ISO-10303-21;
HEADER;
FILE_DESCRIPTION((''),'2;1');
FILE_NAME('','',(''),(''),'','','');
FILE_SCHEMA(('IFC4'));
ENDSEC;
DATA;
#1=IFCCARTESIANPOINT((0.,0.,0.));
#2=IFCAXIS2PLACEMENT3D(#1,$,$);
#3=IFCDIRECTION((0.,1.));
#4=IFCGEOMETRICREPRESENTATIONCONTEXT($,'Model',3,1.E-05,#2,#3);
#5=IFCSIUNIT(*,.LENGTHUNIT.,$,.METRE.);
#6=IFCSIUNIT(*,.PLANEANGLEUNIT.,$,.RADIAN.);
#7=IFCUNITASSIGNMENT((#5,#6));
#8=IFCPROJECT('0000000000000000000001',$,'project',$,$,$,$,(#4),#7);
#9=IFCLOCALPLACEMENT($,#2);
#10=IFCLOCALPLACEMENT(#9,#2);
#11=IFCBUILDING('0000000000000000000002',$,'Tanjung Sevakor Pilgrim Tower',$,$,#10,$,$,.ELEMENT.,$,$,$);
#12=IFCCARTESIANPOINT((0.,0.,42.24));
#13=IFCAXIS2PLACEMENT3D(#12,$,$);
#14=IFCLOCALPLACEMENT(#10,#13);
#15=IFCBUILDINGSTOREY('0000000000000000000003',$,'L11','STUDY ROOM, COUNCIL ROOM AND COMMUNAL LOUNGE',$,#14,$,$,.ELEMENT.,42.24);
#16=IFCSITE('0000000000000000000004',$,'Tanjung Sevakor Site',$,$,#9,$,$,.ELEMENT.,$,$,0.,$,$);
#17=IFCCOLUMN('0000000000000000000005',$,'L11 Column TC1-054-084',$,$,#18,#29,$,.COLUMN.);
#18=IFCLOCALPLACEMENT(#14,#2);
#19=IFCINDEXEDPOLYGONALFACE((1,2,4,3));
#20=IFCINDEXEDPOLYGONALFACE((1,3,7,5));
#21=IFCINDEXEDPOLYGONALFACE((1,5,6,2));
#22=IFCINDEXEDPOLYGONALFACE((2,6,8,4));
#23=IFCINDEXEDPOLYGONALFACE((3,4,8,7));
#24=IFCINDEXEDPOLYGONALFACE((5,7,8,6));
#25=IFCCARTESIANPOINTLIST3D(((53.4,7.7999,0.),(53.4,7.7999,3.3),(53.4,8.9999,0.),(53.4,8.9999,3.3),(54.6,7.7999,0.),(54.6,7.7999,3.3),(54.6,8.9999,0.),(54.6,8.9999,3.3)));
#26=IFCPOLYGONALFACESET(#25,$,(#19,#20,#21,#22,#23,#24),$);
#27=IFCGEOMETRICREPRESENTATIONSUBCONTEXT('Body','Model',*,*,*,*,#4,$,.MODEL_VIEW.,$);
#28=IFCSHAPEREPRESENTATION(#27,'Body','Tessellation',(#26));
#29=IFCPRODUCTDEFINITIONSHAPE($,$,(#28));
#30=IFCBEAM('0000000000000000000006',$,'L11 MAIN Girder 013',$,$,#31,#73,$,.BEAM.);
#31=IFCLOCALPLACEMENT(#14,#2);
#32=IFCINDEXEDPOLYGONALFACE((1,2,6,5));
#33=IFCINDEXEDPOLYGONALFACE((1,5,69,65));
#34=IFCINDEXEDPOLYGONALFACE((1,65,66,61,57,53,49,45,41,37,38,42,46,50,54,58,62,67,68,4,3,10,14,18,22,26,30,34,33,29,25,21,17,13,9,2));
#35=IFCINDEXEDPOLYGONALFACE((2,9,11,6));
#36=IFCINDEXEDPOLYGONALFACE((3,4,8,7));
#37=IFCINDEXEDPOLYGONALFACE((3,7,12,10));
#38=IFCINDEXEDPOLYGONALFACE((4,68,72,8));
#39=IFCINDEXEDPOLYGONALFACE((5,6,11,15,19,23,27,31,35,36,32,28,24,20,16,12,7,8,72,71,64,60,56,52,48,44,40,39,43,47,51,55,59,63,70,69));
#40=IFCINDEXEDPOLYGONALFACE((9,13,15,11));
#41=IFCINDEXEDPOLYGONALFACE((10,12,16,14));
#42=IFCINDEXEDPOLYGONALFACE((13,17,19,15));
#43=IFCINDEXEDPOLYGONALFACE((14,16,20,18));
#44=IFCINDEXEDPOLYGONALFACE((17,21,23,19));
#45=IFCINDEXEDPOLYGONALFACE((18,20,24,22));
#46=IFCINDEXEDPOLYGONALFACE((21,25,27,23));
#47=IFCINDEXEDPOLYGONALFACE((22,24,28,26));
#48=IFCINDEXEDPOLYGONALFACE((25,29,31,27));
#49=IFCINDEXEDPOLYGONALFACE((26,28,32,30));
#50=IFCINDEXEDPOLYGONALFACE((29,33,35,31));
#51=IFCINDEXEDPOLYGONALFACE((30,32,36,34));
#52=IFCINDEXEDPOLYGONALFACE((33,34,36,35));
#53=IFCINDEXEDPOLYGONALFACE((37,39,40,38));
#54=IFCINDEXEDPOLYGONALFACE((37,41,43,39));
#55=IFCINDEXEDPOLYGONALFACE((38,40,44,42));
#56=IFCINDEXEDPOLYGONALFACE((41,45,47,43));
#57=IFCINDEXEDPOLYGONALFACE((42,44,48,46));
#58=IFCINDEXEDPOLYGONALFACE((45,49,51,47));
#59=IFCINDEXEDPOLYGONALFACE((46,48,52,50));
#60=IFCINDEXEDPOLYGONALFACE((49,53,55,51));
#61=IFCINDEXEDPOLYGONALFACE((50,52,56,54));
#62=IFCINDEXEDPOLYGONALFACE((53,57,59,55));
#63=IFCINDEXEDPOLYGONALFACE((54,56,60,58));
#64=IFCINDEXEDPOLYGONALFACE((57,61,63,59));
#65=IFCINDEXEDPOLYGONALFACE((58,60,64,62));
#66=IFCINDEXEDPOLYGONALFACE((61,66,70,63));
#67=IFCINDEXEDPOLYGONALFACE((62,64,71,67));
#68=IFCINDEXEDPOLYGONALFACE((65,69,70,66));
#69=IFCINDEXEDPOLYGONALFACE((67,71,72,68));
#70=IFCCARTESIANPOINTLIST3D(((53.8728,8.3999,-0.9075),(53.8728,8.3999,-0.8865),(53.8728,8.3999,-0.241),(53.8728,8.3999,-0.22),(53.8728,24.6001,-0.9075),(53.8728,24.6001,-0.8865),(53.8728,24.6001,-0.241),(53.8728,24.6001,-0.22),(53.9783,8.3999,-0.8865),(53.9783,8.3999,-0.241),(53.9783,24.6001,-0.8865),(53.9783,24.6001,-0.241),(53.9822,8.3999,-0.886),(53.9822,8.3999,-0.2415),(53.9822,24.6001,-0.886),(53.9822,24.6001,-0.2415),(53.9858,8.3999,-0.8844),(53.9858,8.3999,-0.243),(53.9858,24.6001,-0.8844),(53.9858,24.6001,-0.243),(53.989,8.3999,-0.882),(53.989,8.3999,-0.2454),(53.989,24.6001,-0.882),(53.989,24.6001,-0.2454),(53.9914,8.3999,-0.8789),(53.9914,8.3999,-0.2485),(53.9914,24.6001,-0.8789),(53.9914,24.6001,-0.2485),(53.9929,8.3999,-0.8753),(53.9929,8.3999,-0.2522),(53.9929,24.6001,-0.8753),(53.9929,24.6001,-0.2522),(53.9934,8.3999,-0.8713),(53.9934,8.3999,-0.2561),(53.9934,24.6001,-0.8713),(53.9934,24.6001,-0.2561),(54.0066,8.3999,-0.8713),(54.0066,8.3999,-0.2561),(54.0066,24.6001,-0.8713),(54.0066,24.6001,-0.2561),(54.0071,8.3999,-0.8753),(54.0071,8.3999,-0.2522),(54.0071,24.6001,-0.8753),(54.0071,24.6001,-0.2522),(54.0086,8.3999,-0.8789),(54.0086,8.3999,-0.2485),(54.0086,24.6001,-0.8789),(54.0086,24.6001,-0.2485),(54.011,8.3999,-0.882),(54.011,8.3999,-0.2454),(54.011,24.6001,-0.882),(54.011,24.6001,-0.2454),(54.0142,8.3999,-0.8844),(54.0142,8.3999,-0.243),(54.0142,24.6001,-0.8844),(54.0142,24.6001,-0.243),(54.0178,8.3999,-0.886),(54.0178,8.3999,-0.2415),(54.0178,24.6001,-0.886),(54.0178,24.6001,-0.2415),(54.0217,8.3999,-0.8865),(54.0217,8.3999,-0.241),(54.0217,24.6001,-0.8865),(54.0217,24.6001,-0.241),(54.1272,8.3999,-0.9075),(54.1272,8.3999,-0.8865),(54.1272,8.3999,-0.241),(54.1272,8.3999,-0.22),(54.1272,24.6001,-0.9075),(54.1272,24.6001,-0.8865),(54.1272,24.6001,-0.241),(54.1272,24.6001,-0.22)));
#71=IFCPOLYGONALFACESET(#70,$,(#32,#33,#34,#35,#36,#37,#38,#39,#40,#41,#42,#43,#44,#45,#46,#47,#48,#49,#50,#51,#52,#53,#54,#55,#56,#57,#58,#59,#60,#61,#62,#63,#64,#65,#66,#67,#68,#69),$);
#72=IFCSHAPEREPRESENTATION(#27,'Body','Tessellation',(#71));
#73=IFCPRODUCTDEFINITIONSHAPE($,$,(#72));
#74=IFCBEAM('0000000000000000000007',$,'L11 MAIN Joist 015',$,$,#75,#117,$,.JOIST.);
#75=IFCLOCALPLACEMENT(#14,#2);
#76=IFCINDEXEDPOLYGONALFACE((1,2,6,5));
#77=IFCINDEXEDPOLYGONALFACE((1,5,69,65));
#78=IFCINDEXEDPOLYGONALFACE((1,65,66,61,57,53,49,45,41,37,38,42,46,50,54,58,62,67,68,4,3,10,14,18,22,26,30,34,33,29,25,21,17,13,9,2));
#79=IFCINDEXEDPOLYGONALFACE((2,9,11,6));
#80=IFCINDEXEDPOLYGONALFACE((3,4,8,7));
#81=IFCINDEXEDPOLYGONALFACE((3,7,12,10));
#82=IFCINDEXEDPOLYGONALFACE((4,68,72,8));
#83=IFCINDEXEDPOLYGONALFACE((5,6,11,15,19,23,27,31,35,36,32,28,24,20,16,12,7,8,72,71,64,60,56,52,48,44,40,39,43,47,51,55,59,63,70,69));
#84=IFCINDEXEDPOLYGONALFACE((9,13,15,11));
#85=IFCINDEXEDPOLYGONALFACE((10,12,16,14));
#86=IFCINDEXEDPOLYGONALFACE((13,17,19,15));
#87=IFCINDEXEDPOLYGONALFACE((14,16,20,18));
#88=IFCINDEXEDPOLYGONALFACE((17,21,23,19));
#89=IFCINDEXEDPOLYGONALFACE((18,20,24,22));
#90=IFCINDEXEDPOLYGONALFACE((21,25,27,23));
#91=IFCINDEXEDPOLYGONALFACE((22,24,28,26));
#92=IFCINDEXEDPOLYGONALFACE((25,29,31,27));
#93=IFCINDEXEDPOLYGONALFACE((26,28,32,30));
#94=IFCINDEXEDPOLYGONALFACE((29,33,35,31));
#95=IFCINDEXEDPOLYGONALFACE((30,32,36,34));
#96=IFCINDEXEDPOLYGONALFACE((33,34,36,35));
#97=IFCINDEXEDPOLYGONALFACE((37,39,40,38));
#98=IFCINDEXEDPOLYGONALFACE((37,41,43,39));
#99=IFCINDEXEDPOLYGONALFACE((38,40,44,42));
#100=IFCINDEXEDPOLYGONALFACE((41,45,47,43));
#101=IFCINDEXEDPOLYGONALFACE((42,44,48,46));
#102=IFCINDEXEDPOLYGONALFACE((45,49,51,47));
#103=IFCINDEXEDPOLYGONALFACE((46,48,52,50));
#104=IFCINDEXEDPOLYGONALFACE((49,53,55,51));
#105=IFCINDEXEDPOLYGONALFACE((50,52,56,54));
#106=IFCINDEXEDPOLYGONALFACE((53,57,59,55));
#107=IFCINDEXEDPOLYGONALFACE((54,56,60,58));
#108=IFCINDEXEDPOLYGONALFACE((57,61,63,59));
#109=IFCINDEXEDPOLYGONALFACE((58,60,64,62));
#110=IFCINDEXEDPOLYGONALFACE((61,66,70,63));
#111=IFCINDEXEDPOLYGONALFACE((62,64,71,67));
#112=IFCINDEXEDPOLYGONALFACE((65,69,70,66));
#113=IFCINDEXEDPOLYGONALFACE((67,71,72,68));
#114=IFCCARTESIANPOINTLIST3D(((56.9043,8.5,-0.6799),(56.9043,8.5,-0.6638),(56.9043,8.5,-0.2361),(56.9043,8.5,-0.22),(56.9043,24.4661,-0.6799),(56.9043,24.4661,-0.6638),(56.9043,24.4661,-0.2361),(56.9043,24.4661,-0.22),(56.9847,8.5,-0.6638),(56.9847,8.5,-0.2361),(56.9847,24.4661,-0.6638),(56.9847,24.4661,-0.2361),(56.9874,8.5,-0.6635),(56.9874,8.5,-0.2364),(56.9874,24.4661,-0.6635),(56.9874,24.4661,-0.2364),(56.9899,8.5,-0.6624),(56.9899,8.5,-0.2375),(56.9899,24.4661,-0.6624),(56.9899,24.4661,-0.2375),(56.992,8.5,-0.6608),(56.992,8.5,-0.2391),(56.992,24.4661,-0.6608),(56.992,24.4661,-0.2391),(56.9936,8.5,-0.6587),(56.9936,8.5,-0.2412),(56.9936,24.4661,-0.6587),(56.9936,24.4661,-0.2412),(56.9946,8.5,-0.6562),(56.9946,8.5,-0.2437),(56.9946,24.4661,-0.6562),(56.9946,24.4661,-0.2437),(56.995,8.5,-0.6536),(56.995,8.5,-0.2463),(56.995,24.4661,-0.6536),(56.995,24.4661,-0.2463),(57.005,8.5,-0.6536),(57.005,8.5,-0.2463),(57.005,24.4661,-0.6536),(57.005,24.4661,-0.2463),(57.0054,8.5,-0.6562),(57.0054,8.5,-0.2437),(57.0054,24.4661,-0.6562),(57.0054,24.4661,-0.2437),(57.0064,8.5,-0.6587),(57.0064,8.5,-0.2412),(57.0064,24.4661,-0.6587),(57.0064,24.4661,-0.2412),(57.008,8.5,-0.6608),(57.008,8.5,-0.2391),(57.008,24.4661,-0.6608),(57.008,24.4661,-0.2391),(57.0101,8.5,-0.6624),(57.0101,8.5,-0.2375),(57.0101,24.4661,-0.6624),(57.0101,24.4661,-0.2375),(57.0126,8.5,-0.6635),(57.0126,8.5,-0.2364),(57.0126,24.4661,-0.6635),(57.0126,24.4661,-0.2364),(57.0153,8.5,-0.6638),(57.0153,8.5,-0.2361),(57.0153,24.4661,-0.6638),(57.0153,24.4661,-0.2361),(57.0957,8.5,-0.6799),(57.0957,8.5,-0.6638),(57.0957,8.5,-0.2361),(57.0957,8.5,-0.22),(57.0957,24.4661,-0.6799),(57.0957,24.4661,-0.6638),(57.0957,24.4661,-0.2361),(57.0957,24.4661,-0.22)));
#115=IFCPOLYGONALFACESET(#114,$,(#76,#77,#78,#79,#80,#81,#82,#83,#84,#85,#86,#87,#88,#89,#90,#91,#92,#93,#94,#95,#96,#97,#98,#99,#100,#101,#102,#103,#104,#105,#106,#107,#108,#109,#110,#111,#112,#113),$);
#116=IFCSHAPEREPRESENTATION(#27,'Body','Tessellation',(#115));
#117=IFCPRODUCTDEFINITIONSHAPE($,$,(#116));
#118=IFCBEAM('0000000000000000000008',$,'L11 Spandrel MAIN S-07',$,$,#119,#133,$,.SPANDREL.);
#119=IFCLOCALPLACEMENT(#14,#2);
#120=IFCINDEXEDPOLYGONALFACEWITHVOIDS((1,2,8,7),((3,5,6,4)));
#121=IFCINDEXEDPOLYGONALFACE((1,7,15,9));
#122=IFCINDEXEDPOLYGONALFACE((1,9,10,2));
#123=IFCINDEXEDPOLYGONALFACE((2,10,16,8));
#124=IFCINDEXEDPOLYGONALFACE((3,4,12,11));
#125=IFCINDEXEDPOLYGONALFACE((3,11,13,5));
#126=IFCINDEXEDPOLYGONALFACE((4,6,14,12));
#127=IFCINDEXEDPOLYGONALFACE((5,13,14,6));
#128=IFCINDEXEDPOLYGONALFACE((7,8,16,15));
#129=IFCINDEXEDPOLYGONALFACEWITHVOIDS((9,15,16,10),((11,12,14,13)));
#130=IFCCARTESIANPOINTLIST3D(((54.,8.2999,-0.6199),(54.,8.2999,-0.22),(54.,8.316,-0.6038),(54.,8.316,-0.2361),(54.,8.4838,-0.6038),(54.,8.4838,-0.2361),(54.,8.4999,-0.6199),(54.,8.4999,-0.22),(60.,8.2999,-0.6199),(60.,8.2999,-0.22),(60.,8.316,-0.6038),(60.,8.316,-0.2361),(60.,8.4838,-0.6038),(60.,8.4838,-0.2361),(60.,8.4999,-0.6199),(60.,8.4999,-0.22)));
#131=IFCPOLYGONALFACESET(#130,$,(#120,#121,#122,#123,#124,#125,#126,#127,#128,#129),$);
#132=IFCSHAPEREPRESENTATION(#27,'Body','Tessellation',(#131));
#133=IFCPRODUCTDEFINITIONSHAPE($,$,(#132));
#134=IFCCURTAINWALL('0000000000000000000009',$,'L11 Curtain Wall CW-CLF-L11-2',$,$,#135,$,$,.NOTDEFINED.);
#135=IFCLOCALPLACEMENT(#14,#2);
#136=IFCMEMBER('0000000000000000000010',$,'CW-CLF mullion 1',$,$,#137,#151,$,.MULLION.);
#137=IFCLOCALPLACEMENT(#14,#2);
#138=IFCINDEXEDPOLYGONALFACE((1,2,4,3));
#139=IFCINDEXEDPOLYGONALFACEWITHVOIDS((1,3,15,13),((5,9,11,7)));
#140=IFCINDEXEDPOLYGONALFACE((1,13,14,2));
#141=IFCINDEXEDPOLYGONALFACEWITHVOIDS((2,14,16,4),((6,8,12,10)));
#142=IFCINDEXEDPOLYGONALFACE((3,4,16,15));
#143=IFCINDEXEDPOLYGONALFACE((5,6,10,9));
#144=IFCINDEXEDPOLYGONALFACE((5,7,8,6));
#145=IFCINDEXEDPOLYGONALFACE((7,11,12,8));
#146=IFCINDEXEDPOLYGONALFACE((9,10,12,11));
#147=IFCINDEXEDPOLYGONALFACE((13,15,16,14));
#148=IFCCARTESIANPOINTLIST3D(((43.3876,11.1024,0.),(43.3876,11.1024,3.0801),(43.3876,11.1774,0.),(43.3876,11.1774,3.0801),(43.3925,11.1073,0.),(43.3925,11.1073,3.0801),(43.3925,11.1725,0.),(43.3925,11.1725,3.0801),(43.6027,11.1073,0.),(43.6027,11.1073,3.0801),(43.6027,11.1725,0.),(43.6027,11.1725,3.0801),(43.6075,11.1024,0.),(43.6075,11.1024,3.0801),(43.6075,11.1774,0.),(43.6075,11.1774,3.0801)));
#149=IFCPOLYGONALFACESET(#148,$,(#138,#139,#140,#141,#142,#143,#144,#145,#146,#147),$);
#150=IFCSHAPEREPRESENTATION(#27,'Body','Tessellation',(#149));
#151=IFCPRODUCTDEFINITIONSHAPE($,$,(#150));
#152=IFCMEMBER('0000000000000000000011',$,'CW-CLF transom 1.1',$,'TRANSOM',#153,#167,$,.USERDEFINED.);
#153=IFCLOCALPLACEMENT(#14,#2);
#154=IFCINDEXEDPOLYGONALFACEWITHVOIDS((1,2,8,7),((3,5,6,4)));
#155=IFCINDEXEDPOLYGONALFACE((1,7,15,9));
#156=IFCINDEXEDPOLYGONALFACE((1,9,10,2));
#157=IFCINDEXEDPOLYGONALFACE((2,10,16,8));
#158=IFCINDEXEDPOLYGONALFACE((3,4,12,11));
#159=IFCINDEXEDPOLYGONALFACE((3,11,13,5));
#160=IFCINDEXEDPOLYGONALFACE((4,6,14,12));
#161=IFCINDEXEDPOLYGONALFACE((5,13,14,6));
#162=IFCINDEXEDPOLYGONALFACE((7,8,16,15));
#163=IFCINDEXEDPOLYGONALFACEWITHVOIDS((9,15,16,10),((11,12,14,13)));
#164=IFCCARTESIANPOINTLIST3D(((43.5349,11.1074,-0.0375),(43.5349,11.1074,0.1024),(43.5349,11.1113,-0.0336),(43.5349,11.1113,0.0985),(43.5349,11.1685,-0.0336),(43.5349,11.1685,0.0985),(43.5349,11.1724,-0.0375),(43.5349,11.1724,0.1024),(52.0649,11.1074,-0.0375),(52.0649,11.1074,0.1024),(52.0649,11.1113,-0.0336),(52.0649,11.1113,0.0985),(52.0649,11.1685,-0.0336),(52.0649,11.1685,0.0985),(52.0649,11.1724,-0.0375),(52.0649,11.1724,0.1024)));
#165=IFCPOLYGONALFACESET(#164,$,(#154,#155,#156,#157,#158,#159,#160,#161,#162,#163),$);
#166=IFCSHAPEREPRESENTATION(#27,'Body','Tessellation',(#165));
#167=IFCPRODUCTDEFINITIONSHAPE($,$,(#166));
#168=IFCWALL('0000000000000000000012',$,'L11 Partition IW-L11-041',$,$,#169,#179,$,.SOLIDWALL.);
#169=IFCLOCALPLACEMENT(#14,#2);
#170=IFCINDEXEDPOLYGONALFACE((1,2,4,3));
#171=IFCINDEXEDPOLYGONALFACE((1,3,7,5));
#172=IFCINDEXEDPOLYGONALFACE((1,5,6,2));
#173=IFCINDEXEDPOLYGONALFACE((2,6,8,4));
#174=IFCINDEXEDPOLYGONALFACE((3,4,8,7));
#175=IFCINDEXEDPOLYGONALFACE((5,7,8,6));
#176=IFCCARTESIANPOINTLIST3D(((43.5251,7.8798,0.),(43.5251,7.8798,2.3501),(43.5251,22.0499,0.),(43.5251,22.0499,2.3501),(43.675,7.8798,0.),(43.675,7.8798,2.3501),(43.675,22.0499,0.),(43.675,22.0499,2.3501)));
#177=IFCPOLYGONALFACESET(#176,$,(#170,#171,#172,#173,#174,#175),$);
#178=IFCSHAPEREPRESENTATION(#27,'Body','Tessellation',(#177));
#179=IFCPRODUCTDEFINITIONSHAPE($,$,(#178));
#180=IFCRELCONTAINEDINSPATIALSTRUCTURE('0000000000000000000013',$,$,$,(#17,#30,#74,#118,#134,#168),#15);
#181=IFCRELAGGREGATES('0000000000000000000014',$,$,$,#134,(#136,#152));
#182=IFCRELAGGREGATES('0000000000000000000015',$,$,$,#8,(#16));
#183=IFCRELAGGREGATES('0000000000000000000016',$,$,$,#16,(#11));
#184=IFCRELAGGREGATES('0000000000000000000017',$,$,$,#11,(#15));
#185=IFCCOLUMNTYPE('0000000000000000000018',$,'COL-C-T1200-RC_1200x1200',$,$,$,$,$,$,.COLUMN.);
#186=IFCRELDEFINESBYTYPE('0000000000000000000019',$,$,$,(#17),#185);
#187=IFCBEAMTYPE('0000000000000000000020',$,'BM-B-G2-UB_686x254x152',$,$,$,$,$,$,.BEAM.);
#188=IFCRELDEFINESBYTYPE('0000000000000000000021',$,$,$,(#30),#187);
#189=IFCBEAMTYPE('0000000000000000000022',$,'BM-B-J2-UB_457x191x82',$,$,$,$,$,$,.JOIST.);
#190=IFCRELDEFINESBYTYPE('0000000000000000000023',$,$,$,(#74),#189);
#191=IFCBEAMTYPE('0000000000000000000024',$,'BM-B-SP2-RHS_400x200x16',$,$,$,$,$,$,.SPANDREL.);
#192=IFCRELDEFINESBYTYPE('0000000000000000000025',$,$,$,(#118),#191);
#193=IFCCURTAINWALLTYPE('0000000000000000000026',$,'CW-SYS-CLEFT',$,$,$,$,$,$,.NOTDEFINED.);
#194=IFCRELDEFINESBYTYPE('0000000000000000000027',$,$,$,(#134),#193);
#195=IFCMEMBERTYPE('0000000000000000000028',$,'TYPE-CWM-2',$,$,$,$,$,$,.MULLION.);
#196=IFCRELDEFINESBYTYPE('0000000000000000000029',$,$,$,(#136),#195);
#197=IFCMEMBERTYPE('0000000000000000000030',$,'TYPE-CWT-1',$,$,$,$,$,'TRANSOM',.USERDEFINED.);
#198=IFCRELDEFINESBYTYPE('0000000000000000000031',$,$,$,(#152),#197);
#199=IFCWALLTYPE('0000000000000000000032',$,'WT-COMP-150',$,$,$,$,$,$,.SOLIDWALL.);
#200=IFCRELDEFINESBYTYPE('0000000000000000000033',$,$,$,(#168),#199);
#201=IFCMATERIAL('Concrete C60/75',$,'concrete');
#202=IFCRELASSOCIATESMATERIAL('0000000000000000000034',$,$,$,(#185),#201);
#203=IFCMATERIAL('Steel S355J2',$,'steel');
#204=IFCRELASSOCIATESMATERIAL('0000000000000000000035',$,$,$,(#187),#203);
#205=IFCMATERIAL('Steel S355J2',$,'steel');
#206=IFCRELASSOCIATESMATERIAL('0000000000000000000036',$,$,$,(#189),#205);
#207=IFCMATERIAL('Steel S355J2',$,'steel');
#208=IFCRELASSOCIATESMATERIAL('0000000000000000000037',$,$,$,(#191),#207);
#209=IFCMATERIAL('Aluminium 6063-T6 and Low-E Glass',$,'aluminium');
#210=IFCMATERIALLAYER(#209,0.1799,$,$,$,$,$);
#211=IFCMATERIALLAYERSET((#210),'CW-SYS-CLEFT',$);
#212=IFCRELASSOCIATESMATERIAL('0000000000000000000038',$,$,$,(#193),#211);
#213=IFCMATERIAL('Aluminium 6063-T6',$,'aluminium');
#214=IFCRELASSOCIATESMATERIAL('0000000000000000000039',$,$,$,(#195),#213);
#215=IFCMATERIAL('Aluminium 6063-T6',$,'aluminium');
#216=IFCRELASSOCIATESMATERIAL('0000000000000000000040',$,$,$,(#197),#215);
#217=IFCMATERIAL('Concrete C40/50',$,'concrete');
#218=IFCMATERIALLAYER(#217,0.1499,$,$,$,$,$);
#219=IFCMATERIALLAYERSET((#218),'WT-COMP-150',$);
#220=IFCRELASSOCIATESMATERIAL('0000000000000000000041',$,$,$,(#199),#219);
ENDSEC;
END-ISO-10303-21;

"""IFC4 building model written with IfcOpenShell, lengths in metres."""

from ifc_helpers import new_model, si_unit, direction, frame, frame_2d, origin, origin_2d, place, context, subcontext, project, spatial, rectangle, hollow_rectangle, i_section, extrude, material, layer, layer_set, material_profile, profile_set, type_object, element, aggregate, save


model = new_model("IFC4")

# Units and contexts
model_context = context("Model", 3, precision=1e-05, world=origin(), true_north=direction((0.0, 1.0)))
body_context = subcontext(model_context, "Body", "Model", "MODEL_VIEW")
ifc_project = project(units=[si_unit("LENGTHUNIT", "METRE"), si_unit("PLANEANGLEUNIT", "RADIAN")], contexts=[model_context])

# Site, building, storey
site_placement = place(None, origin())
site = spatial("IfcSite", under=ifc_project, at=site_placement, Name="Tanjung Sevakor Site", CompositionType="ELEMENT", RefElevation=0.0)
building_placement = place(site_placement, origin())
building = spatial("IfcBuilding", under=site, at=building_placement, Name="Tanjung Sevakor Pilgrim Tower", CompositionType="ELEMENT")
storey_placement = place(building_placement, frame((0.0, 0.0, 42.24)))
storey = spatial("IfcBuildingStorey", under=building, at=storey_placement, Name="L11", Description="STUDY ROOM, COUNCIL ROOM AND COMMUNAL LOUNGE", CompositionType="ELEMENT", Elevation=42.24)

# Column
ifc_material_1 = material(Name="Concrete C60/75", Category="concrete")
ifc_material_profile_1 = material_profile(ifc_material_1, rectangle(XDim=1.2, YDim=1.2, at=origin_2d()))
ifc_profile_set_1 = profile_set([ifc_material_profile_1], Name="Concrete C60/75")
column_type = type_object("IfcColumnType", Name="COL-C-T1200-RC_1200x1200", PredefinedType="COLUMN", material=ifc_profile_set_1)
column_placement = place(storey_placement, frame((54.0, 8.3999, 0.0), z_axis=(0.0, 0.0, 1.0), x_axis=(1.0, 0.0, 0.0)))
element("IfcColumn", 1, at=column_placement, inside=storey, type_object=column_type, Name="L11 Column TC1-054-084", PredefinedType="COLUMN", context=body_context, shape_type="SweptSolid", body=[
    extrude(rectangle(XDim=1.2, YDim=1.2, at=origin_2d()), origin(), (0.0, 0.0, 1.0), 3.3),
])

# Beams
ifc_material_2 = material(Name="Steel S355J2", Category="steel")
ifc_material_profile_2 = material_profile(ifc_material_2, i_section(OverallWidth=0.2544, OverallDepth=0.6875, WebThickness=0.0132, FlangeThickness=0.021, FilletRadius=0.0151, at=origin_2d()))
ifc_profile_set_2 = profile_set([ifc_material_profile_2], Name="Steel S355J2")
beam_type_1 = type_object("IfcBeamType", Name="BM-B-G2-UB_686x254x152", PredefinedType="BEAM", material=ifc_profile_set_2)
beam_1_placement = place(storey_placement, frame((54.0, 8.3999, -0.5637), z_axis=(0.0, 1.0, 0.0), x_axis=(-1.0, 0.0, 0.0)))
element("IfcBeam", 2, at=beam_1_placement, inside=storey, type_object=beam_type_1, Name="L11 MAIN Girder 013", PredefinedType="BEAM", context=body_context, shape_type="SweptSolid", body=[
    extrude(i_section(OverallWidth=0.2544, OverallDepth=0.6875, WebThickness=0.0132, FlangeThickness=0.021, FilletRadius=0.0151, at=origin_2d()), origin(), (0.0, 0.0, 1.0), 16.2002),
])
ifc_material_3 = material(Name="Steel S355J2", Category="steel")
ifc_material_profile_3 = material_profile(ifc_material_3, i_section(OverallWidth=0.1914, OverallDepth=0.46, WebThickness=0.01, FlangeThickness=0.0161, FilletRadius=0.0103, at=origin_2d()))
ifc_profile_set_3 = profile_set([ifc_material_profile_3], Name="Steel S355J2")
beam_type_2 = type_object("IfcBeamType", Name="BM-B-J2-UB_457x191x82", PredefinedType="JOIST", material=ifc_profile_set_3)
beam_2_placement = place(storey_placement, frame((57.0, 8.5, -0.45), z_axis=(0.0, 1.0, 0.0), x_axis=(-1.0, 0.0, 0.0)))
element("IfcBeam", 3, at=beam_2_placement, inside=storey, type_object=beam_type_2, Name="L11 MAIN Joist 015", PredefinedType="JOIST", context=body_context, shape_type="SweptSolid", body=[
    extrude(i_section(OverallWidth=0.1914, OverallDepth=0.46, WebThickness=0.01, FlangeThickness=0.0161, FilletRadius=0.0103, at=origin_2d()), origin(), (0.0, 0.0, 1.0), 15.9661),
])
ifc_material_4 = material(Name="Steel S355J2", Category="steel")
ifc_material_profile_4 = material_profile(ifc_material_4, hollow_rectangle(XDim=0.2, YDim=0.3999, WallThickness=0.0161, at=origin_2d()))
ifc_profile_set_4 = profile_set([ifc_material_profile_4], Name="Steel S355J2")
beam_type_3 = type_object("IfcBeamType", Name="BM-B-SP2-RHS_400x200x16", PredefinedType="SPANDREL", material=ifc_profile_set_4)
beam_3_placement = place(storey_placement, frame((54.0, 8.3999, -0.4199), z_axis=(1.0, 0.0, 0.0), x_axis=(0.0, 1.0, 0.0)))
element("IfcBeam", 4, at=beam_3_placement, inside=storey, type_object=beam_type_3, Name="L11 Spandrel MAIN S-07", PredefinedType="SPANDREL", context=body_context, shape_type="SweptSolid", body=[
    extrude(hollow_rectangle(XDim=0.2, YDim=0.3999, WallThickness=0.0161, at=origin_2d()), origin(), (0.0, 0.0, 1.0), 6.0),
])

# Curtain wall, members
ifc_material_5 = material(Name="Aluminium 6063-T6 and Low-E Glass", Category="aluminium")
ifc_layer_1 = layer(ifc_material_5, 0.1799)
ifc_layer_set_1 = layer_set([ifc_layer_1], Name="CW-SYS-CLEFT")
curtain_wall_type = type_object("IfcCurtainWallType", Name="CW-SYS-CLEFT", PredefinedType="NOTDEFINED", material=ifc_layer_set_1)
curtain_wall_placement = place(storey_placement, origin())
curtain_wall = element("IfcCurtainWall", 5, at=curtain_wall_placement, inside=storey, type_object=curtain_wall_type, Name="L11 Curtain Wall CW-CLF-L11-2", PredefinedType="NOTDEFINED")
ifc_material_6 = material(Name="Aluminium 6063-T6", Category="aluminium")
ifc_material_profile_5 = material_profile(ifc_material_6, hollow_rectangle(XDim=0.075, YDim=0.22, WallThickness=0.0049, at=origin_2d()))
ifc_profile_set_5 = profile_set([ifc_material_profile_5], Name="Aluminium 6063-T6")
member_type_1 = type_object("IfcMemberType", Name="TYPE-CWM-2", PredefinedType="MULLION", material=ifc_profile_set_5)
member_1_placement = place(storey_placement, frame((43.4976, 11.1399, 0.0), z_axis=(0.0, 0.0, 1.0), x_axis=(0.0, 1.0, 0.0)))
member_1 = element("IfcMember", 6, at=member_1_placement, type_object=member_type_1, Name="CW-CLF mullion 1", PredefinedType="MULLION", context=body_context, shape_type="SweptSolid", body=[
    extrude(hollow_rectangle(XDim=0.075, YDim=0.22, WallThickness=0.0049, at=origin_2d()), origin(), (0.0, 0.0, 1.0), 3.0801),
])
ifc_material_7 = material(Name="Aluminium 6063-T6", Category="aluminium")
ifc_material_profile_6 = material_profile(ifc_material_7, hollow_rectangle(XDim=0.0649, YDim=0.1399, WallThickness=0.0039, at=origin_2d()))
ifc_profile_set_6 = profile_set([ifc_material_profile_6], Name="Aluminium 6063-T6")
member_type_2 = type_object("IfcMemberType", Name="TYPE-CWT-1", ElementType="TRANSOM", PredefinedType="USERDEFINED", material=ifc_profile_set_6)
member_2_placement = place(storey_placement, frame((43.5349, 11.1399, 0.0325), z_axis=(1.0, 0.0, 0.0), x_axis=(0.0, 1.0, 0.0)))
member_2 = element("IfcMember", 7, at=member_2_placement, type_object=member_type_2, Name="CW-CLF transom 1.1", ObjectType="TRANSOM", PredefinedType="USERDEFINED", context=body_context, shape_type="SweptSolid", body=[
    extrude(hollow_rectangle(XDim=0.0649, YDim=0.1399, WallThickness=0.0039, at=origin_2d()), origin(), (0.0, 0.0, 1.0), 8.53),
])
aggregate(curtain_wall, [member_1, member_2])

# Wall
ifc_material_8 = material(Name="Concrete C40/50", Category="concrete")
ifc_layer_2 = layer(ifc_material_8, 0.1499)
ifc_layer_set_2 = layer_set([ifc_layer_2], Name="WT-COMP-150")
wall_type_1 = type_object("IfcWallType", Name="WT-COMP-150", PredefinedType="SOLIDWALL", material=ifc_layer_set_2)
for number, where, z_axis, x_axis, name in (
    (8, (43.6001, 7.8799, 0.0), (0.0, 0.0, 1.0), (0.0, 1.0, 0.0), "L11 Partition IW-L11-041"),
):
    element("IfcWall", number, at=place(storey_placement, frame(where, z_axis=z_axis, x_axis=x_axis)), inside=storey, type_object=wall_type_1, Name=name, PredefinedType="SOLIDWALL", context=body_context, shape_type="SweptSolid", body=[
        extrude(rectangle(XDim=14.1702, YDim=0.1499, at=frame_2d((7.085, 0.0))), origin(), (0.0, 0.0, 1.0), 2.3501),
    ])

save(model, "model.ifc")
